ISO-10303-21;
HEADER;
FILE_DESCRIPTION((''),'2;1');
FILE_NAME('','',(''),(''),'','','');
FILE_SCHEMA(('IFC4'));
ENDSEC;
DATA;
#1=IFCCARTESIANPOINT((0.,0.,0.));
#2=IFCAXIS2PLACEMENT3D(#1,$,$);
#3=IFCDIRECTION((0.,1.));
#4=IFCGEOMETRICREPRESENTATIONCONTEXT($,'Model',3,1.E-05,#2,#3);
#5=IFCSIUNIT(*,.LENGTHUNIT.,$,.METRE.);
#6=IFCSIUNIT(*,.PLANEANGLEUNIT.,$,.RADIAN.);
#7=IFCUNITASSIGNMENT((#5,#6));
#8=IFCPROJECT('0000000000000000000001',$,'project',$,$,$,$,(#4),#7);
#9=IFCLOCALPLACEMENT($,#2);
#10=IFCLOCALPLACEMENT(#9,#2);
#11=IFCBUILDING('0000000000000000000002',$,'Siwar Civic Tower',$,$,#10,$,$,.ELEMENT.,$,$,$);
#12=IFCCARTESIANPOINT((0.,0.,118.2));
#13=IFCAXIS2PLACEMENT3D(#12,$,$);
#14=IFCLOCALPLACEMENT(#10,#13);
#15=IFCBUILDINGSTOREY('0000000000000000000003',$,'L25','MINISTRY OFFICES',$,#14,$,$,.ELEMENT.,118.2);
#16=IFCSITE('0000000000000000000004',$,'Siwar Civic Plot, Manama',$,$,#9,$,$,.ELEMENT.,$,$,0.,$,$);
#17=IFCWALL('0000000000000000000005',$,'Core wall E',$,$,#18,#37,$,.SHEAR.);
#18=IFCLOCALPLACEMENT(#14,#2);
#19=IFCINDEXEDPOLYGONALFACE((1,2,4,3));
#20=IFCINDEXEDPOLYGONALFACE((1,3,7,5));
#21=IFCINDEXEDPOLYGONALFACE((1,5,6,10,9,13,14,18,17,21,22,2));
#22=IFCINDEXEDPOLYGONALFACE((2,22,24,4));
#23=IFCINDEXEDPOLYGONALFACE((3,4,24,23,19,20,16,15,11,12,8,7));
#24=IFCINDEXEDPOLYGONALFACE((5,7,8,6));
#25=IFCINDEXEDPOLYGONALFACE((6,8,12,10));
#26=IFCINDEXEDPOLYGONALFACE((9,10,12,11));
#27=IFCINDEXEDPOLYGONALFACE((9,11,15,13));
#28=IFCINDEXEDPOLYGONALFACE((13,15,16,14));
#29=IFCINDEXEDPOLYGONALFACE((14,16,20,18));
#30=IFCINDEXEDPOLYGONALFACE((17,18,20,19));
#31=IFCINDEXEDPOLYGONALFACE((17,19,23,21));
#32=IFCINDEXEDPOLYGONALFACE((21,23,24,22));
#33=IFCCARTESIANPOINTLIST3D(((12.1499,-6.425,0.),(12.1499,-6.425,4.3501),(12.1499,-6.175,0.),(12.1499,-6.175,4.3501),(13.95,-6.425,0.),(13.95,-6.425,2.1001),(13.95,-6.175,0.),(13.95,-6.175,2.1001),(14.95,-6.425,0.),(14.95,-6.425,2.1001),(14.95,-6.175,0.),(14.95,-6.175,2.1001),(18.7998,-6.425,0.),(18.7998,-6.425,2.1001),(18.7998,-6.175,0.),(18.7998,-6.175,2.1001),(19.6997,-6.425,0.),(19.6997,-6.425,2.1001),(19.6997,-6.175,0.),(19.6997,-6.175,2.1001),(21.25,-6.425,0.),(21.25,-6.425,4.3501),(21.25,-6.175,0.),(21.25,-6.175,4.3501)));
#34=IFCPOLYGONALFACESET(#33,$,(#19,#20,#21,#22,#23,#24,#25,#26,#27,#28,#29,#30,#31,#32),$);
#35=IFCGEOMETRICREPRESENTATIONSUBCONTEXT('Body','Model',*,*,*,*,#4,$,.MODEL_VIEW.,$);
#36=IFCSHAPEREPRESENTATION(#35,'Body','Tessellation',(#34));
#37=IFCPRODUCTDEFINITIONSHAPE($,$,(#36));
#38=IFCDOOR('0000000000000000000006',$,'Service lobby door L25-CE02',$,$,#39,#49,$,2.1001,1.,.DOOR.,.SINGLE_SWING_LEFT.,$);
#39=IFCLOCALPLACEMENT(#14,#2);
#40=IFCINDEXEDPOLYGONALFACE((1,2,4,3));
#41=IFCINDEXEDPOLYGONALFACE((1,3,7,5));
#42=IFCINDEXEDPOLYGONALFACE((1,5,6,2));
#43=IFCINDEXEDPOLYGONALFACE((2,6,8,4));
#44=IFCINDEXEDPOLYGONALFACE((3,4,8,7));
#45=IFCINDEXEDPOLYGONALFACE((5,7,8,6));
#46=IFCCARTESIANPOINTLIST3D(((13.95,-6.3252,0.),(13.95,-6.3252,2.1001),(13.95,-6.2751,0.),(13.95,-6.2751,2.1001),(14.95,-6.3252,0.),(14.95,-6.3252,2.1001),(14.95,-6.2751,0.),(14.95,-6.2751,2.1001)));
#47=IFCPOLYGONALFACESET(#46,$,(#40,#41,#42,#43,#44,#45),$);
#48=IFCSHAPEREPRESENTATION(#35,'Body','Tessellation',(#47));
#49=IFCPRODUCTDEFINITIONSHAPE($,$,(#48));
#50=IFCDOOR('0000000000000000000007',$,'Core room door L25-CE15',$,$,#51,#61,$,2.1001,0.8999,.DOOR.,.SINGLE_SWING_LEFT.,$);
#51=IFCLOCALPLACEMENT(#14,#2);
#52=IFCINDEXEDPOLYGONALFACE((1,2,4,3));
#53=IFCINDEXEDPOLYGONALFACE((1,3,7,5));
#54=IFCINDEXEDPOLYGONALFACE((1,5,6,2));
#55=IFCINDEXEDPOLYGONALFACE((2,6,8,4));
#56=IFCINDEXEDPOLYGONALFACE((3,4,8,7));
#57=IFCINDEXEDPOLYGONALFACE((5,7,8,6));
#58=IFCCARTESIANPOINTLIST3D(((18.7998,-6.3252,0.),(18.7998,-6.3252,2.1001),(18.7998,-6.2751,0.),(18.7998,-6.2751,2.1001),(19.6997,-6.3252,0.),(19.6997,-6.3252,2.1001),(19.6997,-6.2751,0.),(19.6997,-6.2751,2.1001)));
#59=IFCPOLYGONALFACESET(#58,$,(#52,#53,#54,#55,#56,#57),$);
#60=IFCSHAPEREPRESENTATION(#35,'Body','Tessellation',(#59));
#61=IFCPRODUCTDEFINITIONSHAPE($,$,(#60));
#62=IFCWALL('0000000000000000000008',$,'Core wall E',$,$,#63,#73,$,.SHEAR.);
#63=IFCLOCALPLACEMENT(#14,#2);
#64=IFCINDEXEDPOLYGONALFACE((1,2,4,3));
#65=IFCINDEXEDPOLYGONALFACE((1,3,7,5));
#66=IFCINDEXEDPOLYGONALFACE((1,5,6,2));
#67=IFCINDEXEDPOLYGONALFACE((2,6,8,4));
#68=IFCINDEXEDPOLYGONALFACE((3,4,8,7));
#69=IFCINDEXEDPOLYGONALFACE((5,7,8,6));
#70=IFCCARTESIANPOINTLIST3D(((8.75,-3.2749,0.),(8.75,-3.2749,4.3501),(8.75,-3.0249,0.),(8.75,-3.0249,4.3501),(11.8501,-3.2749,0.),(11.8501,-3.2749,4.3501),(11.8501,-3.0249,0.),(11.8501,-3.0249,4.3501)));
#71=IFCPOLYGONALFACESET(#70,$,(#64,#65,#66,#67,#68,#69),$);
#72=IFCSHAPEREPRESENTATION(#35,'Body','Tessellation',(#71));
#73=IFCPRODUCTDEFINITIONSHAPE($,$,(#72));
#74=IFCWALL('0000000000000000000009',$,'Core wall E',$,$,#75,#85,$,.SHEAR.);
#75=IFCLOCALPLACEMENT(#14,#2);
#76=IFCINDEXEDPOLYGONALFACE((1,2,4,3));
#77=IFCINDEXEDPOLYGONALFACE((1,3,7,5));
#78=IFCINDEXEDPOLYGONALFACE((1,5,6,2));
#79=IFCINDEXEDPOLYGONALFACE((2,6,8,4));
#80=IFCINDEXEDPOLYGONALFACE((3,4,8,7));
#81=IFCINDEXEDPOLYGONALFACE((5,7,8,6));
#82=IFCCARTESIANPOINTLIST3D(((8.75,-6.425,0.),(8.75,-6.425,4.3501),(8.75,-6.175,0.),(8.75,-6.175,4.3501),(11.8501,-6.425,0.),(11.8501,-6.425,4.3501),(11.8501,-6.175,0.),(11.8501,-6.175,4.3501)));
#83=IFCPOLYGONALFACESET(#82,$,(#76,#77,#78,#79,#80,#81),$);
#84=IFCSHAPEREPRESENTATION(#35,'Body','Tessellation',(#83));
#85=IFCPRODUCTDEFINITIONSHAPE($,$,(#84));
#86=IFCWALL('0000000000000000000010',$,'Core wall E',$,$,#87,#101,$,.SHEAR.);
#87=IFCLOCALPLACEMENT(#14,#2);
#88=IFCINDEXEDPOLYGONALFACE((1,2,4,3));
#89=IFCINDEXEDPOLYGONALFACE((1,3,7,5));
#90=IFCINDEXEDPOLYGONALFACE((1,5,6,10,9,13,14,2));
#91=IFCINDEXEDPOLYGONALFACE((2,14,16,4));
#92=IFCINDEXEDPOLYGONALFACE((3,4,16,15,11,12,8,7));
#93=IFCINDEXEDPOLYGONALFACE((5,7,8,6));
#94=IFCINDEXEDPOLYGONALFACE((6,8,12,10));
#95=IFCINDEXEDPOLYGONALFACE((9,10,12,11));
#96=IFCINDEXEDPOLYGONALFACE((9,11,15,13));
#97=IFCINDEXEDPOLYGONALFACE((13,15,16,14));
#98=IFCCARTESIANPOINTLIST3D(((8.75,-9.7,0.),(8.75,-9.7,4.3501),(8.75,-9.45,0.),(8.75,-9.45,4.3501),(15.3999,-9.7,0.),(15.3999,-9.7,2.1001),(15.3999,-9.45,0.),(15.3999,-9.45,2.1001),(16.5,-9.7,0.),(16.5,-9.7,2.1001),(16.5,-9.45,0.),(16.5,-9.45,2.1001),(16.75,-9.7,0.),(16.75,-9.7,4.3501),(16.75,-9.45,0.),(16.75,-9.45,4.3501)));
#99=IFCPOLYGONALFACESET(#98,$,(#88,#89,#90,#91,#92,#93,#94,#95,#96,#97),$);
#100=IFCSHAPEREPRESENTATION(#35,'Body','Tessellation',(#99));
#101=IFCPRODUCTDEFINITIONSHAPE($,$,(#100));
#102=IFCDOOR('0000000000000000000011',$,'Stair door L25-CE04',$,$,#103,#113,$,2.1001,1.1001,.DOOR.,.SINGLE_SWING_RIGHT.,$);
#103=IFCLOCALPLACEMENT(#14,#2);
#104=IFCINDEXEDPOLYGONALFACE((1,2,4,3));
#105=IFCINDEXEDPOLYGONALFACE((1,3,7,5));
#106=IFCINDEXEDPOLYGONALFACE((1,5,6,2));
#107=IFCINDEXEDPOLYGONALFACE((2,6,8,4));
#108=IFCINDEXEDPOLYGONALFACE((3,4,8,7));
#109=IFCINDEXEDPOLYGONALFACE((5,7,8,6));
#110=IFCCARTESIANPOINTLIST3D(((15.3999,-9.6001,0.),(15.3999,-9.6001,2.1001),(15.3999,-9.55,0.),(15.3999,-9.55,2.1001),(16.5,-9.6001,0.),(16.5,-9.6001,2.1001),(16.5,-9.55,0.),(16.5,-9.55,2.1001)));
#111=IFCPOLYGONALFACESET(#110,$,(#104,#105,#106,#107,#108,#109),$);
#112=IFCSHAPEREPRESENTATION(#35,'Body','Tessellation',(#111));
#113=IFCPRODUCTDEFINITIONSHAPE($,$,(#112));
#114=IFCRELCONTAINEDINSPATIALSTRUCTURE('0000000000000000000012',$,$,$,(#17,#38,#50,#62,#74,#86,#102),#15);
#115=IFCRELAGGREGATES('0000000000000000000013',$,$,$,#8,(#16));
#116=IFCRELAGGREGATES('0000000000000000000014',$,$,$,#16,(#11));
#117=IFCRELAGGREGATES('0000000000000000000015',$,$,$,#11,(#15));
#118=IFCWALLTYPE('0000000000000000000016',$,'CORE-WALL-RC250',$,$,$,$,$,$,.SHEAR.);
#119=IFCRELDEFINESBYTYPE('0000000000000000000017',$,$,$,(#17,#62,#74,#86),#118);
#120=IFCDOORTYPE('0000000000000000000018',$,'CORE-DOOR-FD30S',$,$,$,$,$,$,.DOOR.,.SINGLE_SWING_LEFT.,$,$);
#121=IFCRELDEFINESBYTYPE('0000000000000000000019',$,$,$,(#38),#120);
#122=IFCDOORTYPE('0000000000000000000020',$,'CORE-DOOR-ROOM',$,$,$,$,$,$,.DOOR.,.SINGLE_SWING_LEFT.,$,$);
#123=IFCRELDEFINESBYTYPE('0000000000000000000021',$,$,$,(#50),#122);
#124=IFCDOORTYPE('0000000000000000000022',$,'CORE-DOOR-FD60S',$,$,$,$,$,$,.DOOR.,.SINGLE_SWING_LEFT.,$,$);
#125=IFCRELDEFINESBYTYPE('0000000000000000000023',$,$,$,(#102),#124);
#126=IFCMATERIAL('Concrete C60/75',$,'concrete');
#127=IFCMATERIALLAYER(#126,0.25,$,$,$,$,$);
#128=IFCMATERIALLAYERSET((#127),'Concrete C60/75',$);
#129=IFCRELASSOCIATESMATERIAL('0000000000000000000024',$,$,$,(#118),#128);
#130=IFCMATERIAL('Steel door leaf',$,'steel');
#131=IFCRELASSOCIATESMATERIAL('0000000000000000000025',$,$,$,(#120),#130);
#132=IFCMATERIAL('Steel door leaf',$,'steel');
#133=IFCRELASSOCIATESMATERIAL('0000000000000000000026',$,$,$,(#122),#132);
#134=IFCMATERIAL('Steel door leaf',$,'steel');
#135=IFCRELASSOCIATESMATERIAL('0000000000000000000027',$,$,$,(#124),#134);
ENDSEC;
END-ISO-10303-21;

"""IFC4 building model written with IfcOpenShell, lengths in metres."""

from ifc_helpers import new_model, si_unit, direction, frame, frame_2d, origin, place, context, subcontext, project, spatial, rectangle, extrude, material, layer, layer_set, type_object, element, fill, save


model = new_model("IFC4")

# Units and contexts
model_context = context("Model", 3, precision=1e-05, world=origin(), true_north=direction((0.0, 1.0)))
body_context = subcontext(model_context, "Body", "Model", "MODEL_VIEW")
ifc_project = project(units=[si_unit("LENGTHUNIT", "METRE"), si_unit("PLANEANGLEUNIT", "RADIAN")], contexts=[model_context])

# Site, building, storey
site_placement = place(None, origin())
site = spatial("IfcSite", under=ifc_project, at=site_placement, Name="Siwar Civic Plot, Manama", CompositionType="ELEMENT", RefElevation=0.0)
building_placement = place(site_placement, origin())
building = spatial("IfcBuilding", under=site, at=building_placement, Name="Siwar Civic Tower", CompositionType="ELEMENT")
storey_placement = place(building_placement, frame((0.0, 0.0, 118.2)))
storey = spatial("IfcBuildingStorey", under=building, at=storey_placement, Name="L25", Description="MINISTRY OFFICES", CompositionType="ELEMENT", Elevation=118.2)

# Wall, openings, doors
ifc_material_1 = material(Name="Concrete C60/75", Category="concrete")
ifc_layer_1 = layer(ifc_material_1, 0.25)
ifc_layer_set_1 = layer_set([ifc_layer_1], Name="Concrete C60/75")
wall_type_1 = type_object("IfcWallType", Name="CORE-WALL-RC250", PredefinedType="SHEAR", material=ifc_layer_set_1)
wall_1_placement = place(storey_placement, frame((12.1499, -6.3, 0.0), z_axis=(0.0, 0.0, 1.0), x_axis=(1.0, 0.0, 0.0)))
wall_1 = element("IfcWall", 1, at=wall_1_placement, inside=storey, type_object=wall_type_1, Name="Core wall E", PredefinedType="SHEAR", context=body_context, shape_type="SweptSolid", body=[
    extrude(rectangle(XDim=9.1001, YDim=0.25, at=frame_2d((4.55, 0.0))), origin(), (0.0, 0.0, 1.0), 4.3501),
])
opening_1_placement = place(wall_1_placement, frame((1.8, 0.0, 0.0)))
opening_1 = element("IfcOpeningElement", 2, at=opening_1_placement, cuts=wall_1, PredefinedType="OPENING", context=body_context, shape_type="SweptSolid", body=[
    extrude(rectangle(XDim=1.0, YDim=2.1001, at=frame_2d((0.5, 1.05))), frame((0.0, 0.135, 0.0), z_axis=(0.0, -1.0, 0.0), x_axis=(1.0, 0.0, 0.0)), (0.0, 0.0, 1.0), 0.27),
])
opening_2_placement = place(wall_1_placement, frame((6.6499, 0.0, 0.0)))
opening_2 = element("IfcOpeningElement", 3, at=opening_2_placement, cuts=wall_1, PredefinedType="OPENING", context=body_context, shape_type="SweptSolid", body=[
    extrude(rectangle(XDim=0.8999, YDim=2.1001, at=frame_2d((0.45, 1.05))), frame((0.0, 0.135, 0.0), z_axis=(0.0, -1.0, 0.0), x_axis=(1.0, 0.0, 0.0)), (0.0, 0.0, 1.0), 0.27),
])
ifc_material_2 = material(Name="Steel door leaf", Category="steel")
door_type_1 = type_object("IfcDoorType", Name="CORE-DOOR-FD30S", OperationType="SINGLE_SWING_LEFT", PredefinedType="DOOR", material=ifc_material_2)
door_1_placement = place(opening_1_placement, origin())
door_1 = element("IfcDoor", 4, at=door_1_placement, inside=storey, type_object=door_type_1, Name="Service lobby door L25-CE02", OperationType="SINGLE_SWING_LEFT", OverallHeight=2.1001, OverallWidth=1.0, PredefinedType="DOOR", context=body_context, shape_type="SweptSolid", body=[
    extrude(rectangle(XDim=1.0, YDim=2.1001, at=frame_2d((0.5, 1.05))), frame((0.0, 0.0249, 0.0), z_axis=(0.0, -1.0, 0.0), x_axis=(1.0, 0.0, 0.0)), (0.0, 0.0, 1.0), 0.05),
])
fill(opening_1, door_1)
ifc_material_3 = material(Name="Steel door leaf", Category="steel")
door_type_2 = type_object("IfcDoorType", Name="CORE-DOOR-ROOM", OperationType="SINGLE_SWING_LEFT", PredefinedType="DOOR", material=ifc_material_3)
door_2_placement = place(opening_2_placement, origin())
door_2 = element("IfcDoor", 5, at=door_2_placement, inside=storey, type_object=door_type_2, Name="Core room door L25-CE15", OperationType="SINGLE_SWING_LEFT", OverallHeight=2.1001, OverallWidth=0.8999, PredefinedType="DOOR", context=body_context, shape_type="SweptSolid", body=[
    extrude(rectangle(XDim=0.8999, YDim=2.1001, at=frame_2d((0.45, 1.05))), frame((0.0, 0.0249, 0.0), z_axis=(0.0, -1.0, 0.0), x_axis=(1.0, 0.0, 0.0)), (0.0, 0.0, 1.0), 0.05),
])
fill(opening_2, door_2)

# Walls
for number, where, z_axis, x_axis, name in (
    (6, (8.75, -3.1499, 0.0), (0.0, 0.0, 1.0), (1.0, 0.0, 0.0), "Core wall E"),
    (7, (8.75, -6.3, 0.0), (0.0, 0.0, 1.0), (1.0, 0.0, 0.0), "Core wall E"),
):
    element("IfcWall", number, at=place(storey_placement, frame(where, z_axis=z_axis, x_axis=x_axis)), inside=storey, type_object=wall_type_1, Name=name, PredefinedType="SHEAR", context=body_context, shape_type="SweptSolid", body=[
        extrude(rectangle(XDim=3.1001, YDim=0.25, at=frame_2d((1.55, 0.0))), origin(), (0.0, 0.0, 1.0), 4.3501),
    ])

# Wall, opening, door
wall_2_placement = place(storey_placement, frame((8.75, -9.575, 0.0), z_axis=(0.0, 0.0, 1.0), x_axis=(1.0, 0.0, 0.0)))
wall_2 = element("IfcWall", 8, at=wall_2_placement, inside=storey, type_object=wall_type_1, Name="Core wall E", PredefinedType="SHEAR", context=body_context, shape_type="SweptSolid", body=[
    extrude(rectangle(XDim=8.0, YDim=0.25, at=frame_2d((4.0, 0.0))), origin(), (0.0, 0.0, 1.0), 4.3501),
])
opening_3_placement = place(wall_2_placement, frame((6.6499, 0.0, 0.0)))
opening_3 = element("IfcOpeningElement", 9, at=opening_3_placement, cuts=wall_2, PredefinedType="OPENING", context=body_context, shape_type="SweptSolid", body=[
    extrude(rectangle(XDim=1.1001, YDim=2.1001, at=frame_2d((0.55, 1.05))), frame((0.0, 0.135, 0.0), z_axis=(0.0, -1.0, 0.0), x_axis=(1.0, 0.0, 0.0)), (0.0, 0.0, 1.0), 0.27),
])
ifc_material_4 = material(Name="Steel door leaf", Category="steel")
door_type_3 = type_object("IfcDoorType", Name="CORE-DOOR-FD60S", OperationType="SINGLE_SWING_LEFT", PredefinedType="DOOR", material=ifc_material_4)
door_3_placement = place(opening_3_placement, origin())
door_3 = element("IfcDoor", 10, at=door_3_placement, inside=storey, type_object=door_type_3, Name="Stair door L25-CE04", OperationType="SINGLE_SWING_RIGHT", OverallHeight=2.1001, OverallWidth=1.1001, PredefinedType="DOOR", context=body_context, shape_type="SweptSolid", body=[
    extrude(rectangle(XDim=1.1001, YDim=2.1001, at=frame_2d((0.55, 1.05))), frame((0.0, 0.0249, 0.0), z_axis=(0.0, -1.0, 0.0), x_axis=(1.0, 0.0, 0.0)), (0.0, 0.0, 1.0), 0.05),
])
fill(opening_3, door_3)

save(model, "model.ifc")
